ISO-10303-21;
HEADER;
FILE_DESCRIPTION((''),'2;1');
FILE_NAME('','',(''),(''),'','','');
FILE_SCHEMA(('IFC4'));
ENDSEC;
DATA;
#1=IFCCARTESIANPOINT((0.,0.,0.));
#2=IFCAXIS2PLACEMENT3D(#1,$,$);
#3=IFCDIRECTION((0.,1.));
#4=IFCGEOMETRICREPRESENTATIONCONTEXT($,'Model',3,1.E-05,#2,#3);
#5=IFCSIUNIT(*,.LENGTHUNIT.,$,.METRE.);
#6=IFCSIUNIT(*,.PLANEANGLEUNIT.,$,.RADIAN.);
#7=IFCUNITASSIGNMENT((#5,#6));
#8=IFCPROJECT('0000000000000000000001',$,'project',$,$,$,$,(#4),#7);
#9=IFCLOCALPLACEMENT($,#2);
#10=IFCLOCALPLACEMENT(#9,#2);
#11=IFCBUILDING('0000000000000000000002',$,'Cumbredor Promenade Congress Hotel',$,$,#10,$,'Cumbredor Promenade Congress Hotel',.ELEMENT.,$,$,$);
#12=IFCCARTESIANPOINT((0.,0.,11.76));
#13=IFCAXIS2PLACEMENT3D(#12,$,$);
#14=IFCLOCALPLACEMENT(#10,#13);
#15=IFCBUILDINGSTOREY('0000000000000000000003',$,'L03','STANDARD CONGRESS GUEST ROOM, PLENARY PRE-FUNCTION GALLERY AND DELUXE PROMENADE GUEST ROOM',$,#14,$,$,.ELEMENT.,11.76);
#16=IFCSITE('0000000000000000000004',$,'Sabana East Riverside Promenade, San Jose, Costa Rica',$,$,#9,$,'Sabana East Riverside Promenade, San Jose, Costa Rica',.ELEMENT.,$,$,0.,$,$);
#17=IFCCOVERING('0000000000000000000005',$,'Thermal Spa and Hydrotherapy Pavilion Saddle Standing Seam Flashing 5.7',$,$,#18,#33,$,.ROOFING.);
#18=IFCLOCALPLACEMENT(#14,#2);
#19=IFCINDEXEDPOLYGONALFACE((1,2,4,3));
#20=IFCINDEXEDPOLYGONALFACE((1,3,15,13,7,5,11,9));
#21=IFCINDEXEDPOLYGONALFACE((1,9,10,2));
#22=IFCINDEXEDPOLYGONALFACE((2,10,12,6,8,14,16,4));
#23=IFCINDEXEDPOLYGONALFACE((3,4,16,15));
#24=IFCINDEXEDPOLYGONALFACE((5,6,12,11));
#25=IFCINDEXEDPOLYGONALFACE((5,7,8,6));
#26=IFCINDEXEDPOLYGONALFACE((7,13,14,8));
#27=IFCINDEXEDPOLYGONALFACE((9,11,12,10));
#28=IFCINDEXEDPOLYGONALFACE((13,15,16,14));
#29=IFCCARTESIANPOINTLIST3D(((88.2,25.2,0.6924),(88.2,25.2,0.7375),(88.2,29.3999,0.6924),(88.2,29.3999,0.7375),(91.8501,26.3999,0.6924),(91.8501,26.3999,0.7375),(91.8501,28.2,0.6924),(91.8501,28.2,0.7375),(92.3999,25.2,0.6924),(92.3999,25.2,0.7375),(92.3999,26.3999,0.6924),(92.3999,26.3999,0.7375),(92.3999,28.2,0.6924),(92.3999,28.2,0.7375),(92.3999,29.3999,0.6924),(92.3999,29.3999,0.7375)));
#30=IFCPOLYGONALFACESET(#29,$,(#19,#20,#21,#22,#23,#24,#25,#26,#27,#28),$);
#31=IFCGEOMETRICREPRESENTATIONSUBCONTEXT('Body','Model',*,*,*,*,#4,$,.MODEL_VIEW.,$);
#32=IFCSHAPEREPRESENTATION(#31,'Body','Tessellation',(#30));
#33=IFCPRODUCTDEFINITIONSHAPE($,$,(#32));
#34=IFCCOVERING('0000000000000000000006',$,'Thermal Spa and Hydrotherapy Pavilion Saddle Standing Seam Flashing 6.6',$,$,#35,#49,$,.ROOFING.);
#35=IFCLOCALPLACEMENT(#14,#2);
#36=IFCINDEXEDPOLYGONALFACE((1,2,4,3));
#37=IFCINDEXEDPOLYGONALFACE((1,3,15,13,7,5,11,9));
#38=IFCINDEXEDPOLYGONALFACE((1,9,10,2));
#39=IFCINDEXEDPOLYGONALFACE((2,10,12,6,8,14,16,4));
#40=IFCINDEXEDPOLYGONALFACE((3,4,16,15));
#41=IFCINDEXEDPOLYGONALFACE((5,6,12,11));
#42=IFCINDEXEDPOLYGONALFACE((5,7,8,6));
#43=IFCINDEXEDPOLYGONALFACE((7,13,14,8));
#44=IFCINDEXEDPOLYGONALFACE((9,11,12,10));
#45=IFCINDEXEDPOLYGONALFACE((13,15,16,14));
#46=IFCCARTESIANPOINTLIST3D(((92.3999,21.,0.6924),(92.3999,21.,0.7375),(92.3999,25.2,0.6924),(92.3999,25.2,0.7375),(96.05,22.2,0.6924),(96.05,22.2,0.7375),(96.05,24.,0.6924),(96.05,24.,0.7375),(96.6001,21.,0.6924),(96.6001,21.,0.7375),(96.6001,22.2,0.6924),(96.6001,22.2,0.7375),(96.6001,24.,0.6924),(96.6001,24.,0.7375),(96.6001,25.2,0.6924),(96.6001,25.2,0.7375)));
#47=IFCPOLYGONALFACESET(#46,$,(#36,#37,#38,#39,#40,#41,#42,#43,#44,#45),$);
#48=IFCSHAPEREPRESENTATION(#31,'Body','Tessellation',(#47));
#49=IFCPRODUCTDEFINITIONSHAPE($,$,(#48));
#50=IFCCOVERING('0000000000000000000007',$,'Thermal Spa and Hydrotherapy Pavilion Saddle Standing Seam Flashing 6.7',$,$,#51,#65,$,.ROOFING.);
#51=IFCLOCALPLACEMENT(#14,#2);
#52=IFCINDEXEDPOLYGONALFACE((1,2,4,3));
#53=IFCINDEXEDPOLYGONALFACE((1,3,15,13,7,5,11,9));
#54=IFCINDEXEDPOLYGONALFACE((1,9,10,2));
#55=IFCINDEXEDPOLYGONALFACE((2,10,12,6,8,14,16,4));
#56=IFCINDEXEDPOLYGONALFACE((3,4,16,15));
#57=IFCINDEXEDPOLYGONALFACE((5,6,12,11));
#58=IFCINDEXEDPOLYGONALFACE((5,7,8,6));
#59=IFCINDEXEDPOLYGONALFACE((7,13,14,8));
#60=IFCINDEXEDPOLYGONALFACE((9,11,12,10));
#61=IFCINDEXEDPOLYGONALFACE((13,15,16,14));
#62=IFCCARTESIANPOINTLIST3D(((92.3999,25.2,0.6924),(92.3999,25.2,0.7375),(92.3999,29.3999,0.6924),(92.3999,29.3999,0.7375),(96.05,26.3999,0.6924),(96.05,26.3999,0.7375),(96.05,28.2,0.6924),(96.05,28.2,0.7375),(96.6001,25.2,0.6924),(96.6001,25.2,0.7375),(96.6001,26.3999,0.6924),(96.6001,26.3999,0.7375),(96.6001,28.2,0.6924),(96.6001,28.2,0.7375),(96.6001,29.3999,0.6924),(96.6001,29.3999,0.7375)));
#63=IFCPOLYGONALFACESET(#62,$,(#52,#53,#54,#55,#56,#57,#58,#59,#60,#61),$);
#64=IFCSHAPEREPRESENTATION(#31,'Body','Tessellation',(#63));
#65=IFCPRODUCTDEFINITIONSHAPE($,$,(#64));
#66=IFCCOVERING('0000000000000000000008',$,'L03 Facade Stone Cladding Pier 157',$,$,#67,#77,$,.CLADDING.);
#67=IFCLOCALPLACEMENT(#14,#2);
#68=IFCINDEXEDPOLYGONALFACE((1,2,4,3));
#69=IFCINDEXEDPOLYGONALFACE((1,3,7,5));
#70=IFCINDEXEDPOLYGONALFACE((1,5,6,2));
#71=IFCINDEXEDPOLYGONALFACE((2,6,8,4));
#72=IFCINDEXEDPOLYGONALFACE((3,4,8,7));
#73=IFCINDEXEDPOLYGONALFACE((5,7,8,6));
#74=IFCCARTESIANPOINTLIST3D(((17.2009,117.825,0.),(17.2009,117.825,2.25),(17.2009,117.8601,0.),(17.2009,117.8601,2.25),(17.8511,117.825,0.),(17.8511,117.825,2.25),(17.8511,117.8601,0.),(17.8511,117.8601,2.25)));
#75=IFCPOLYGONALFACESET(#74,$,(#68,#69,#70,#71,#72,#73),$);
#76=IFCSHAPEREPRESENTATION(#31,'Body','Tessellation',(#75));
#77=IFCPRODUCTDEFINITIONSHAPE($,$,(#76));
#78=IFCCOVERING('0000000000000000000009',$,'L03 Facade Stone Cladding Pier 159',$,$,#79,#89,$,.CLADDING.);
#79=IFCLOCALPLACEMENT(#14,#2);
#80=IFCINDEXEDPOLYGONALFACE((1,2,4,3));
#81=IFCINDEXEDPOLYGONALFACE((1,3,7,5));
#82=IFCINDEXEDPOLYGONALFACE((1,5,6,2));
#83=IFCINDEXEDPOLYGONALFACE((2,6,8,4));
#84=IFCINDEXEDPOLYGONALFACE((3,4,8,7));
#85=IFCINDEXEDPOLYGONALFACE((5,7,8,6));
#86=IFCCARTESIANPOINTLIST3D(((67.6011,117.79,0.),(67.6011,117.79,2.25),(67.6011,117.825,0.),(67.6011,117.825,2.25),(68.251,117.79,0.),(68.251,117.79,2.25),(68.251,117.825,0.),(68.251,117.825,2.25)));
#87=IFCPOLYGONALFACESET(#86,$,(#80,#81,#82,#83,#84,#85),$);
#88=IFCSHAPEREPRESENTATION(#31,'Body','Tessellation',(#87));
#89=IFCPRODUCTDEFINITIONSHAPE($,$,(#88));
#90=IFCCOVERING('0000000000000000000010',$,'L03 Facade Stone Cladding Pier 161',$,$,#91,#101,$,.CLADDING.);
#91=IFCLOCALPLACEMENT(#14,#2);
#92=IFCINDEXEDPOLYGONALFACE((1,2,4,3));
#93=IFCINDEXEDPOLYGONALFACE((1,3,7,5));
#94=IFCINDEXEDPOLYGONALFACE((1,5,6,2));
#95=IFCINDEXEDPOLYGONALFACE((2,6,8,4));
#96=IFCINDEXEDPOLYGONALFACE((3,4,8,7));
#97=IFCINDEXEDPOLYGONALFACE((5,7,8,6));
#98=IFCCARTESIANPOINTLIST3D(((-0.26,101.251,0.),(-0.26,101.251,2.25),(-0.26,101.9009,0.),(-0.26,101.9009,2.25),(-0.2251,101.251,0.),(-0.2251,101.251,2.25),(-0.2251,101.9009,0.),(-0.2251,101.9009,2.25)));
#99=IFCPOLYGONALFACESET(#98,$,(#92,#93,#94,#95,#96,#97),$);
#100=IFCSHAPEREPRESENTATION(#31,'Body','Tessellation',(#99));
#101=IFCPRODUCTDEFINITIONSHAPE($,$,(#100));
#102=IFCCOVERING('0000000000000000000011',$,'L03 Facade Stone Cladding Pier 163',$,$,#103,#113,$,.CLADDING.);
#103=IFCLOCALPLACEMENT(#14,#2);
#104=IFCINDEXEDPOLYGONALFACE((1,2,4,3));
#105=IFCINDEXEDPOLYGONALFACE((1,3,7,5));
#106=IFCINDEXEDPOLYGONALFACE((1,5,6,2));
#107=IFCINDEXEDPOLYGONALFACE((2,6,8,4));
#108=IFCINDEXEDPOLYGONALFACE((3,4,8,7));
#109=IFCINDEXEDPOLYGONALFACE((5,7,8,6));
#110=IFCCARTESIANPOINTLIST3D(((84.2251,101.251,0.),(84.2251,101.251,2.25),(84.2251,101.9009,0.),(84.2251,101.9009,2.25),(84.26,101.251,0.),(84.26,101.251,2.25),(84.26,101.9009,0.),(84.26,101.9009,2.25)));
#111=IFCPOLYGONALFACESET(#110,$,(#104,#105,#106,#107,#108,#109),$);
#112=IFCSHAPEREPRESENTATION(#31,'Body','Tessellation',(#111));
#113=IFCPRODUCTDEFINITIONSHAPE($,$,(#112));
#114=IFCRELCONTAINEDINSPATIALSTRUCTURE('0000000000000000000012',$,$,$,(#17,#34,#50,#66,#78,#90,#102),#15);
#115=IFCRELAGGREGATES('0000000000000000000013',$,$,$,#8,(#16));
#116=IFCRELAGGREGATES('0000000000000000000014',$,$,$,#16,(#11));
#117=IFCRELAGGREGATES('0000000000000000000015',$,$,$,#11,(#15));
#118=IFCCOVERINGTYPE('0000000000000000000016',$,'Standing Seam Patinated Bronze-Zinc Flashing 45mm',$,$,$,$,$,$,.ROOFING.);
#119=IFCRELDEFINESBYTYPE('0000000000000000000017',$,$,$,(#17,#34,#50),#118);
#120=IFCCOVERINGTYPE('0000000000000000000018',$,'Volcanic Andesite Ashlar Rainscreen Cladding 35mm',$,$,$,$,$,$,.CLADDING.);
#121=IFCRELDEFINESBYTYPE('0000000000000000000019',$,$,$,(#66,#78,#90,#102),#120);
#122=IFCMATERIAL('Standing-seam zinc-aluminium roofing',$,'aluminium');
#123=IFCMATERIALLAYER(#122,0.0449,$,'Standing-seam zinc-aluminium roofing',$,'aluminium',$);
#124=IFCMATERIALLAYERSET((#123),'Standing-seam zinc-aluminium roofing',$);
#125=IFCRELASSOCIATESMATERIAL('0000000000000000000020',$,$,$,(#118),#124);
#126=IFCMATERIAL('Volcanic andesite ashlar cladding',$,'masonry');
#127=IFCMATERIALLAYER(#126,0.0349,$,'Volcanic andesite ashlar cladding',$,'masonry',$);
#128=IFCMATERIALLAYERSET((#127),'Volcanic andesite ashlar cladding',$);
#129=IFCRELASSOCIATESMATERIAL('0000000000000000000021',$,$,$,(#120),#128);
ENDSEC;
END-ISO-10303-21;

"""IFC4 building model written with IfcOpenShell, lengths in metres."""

from ifc_helpers import new_model, si_unit, direction, frame, origin, place, context, subcontext, project, spatial, polyline, outline, extrude, material, layer, layer_set, type_object, element, save


model = new_model("IFC4")

# Units and contexts
model_context = context("Model", 3, precision=1e-05, world=origin(), true_north=direction((0.0, 1.0)))
body_context = subcontext(model_context, "Body", "Model", "MODEL_VIEW")
ifc_project = project(units=[si_unit("LENGTHUNIT", "METRE"), si_unit("PLANEANGLEUNIT", "RADIAN")], contexts=[model_context])

# Site, building, storey
site_placement = place(None, origin())
site = spatial("IfcSite", under=ifc_project, at=site_placement, Name="Sabana East Riverside Promenade, San Jose, Costa Rica", LongName="Sabana East Riverside Promenade, San Jose, Costa Rica", CompositionType="ELEMENT", RefElevation=0.0)
building_placement = place(site_placement, origin())
building = spatial("IfcBuilding", under=site, at=building_placement, Name="Cumbredor Promenade Congress Hotel", LongName="Cumbredor Promenade Congress Hotel", CompositionType="ELEMENT")
storey_placement = place(building_placement, frame((0.0, 0.0, 11.76)))
storey = spatial("IfcBuildingStorey", under=building, at=storey_placement, Name="L03", Description="STANDARD CONGRESS GUEST ROOM, PLENARY PRE-FUNCTION GALLERY AND DELUXE PROMENADE GUEST ROOM", CompositionType="ELEMENT", Elevation=11.76)

# Coverings
ifc_material_1 = material(Name="Standing-seam zinc-aluminium roofing", Category="aluminium")
ifc_layer_1 = layer(ifc_material_1, 0.0449, Name="Standing-seam zinc-aluminium roofing", Category="aluminium")
ifc_layer_set_1 = layer_set([ifc_layer_1], Name="Standing-seam zinc-aluminium roofing")
covering_type_1 = type_object("IfcCoveringType", Name="Standing Seam Patinated Bronze-Zinc Flashing 45mm", PredefinedType="ROOFING", material=ifc_layer_set_1)
covering_1_placement = place(storey_placement, frame((0.0, 0.0, 0.6924)))
element("IfcCovering", 1, at=covering_1_placement, inside=storey, type_object=covering_type_1, Name="Thermal Spa and Hydrotherapy Pavilion Saddle Standing Seam Flashing 5.7", PredefinedType="ROOFING", context=body_context, shape_type="SweptSolid", body=[
    extrude(outline(polyline([(88.2, 25.2), (92.3999, 25.2), (92.3999, 26.3999), (91.8501, 26.3999), (91.8501, 28.2), (92.3999, 28.2), (92.3999, 29.3999), (88.2, 29.3999), (88.2, 25.2)])), origin(), (0.0, 0.0, 1.0), 0.0452),
])
covering_2_placement = place(storey_placement, frame((0.0, 0.0, 0.6924)))
element("IfcCovering", 2, at=covering_2_placement, inside=storey, type_object=covering_type_1, Name="Thermal Spa and Hydrotherapy Pavilion Saddle Standing Seam Flashing 6.6", PredefinedType="ROOFING", context=body_context, shape_type="SweptSolid", body=[
    extrude(outline(polyline([(92.3999, 21.0), (96.6001, 21.0), (96.6001, 22.2), (96.05, 22.2), (96.05, 24.0), (96.6001, 24.0), (96.6001, 25.2), (92.3999, 25.2), (92.3999, 21.0)])), origin(), (0.0, 0.0, 1.0), 0.0452),
])
covering_3_placement = place(storey_placement, frame((0.0, 0.0, 0.6924)))
element("IfcCovering", 3, at=covering_3_placement, inside=storey, type_object=covering_type_1, Name="Thermal Spa and Hydrotherapy Pavilion Saddle Standing Seam Flashing 6.7", PredefinedType="ROOFING", context=body_context, shape_type="SweptSolid", body=[
    extrude(outline(polyline([(92.3999, 25.2), (96.6001, 25.2), (96.6001, 26.3999), (96.05, 26.3999), (96.05, 28.2), (96.6001, 28.2), (96.6001, 29.3999), (92.3999, 29.3999), (92.3999, 25.2)])), origin(), (0.0, 0.0, 1.0), 0.0452),
])
ifc_material_2 = material(Name="Volcanic andesite ashlar cladding", Category="masonry")
ifc_layer_2 = layer(ifc_material_2, 0.0349, Name="Volcanic andesite ashlar cladding", Category="masonry")
ifc_layer_set_2 = layer_set([ifc_layer_2], Name="Volcanic andesite ashlar cladding")
covering_type_2 = type_object("IfcCoveringType", Name="Volcanic Andesite Ashlar Rainscreen Cladding 35mm", PredefinedType="CLADDING", material=ifc_layer_set_2)
covering_4_placement = place(storey_placement, origin())
element("IfcCovering", 4, at=covering_4_placement, inside=storey, type_object=covering_type_2, Name="L03 Facade Stone Cladding Pier 157", PredefinedType="CLADDING", context=body_context, shape_type="SweptSolid", body=[
    extrude(outline(polyline([(17.2009, 117.825), (17.8511, 117.825), (17.8511, 117.8601), (17.2009, 117.8601), (17.2009, 117.825)])), origin(), (0.0, 0.0, 1.0), 2.25),
])
covering_5_placement = place(storey_placement, origin())
element("IfcCovering", 5, at=covering_5_placement, inside=storey, type_object=covering_type_2, Name="L03 Facade Stone Cladding Pier 159", PredefinedType="CLADDING", context=body_context, shape_type="SweptSolid", body=[
    extrude(outline(polyline([(67.6011, 117.79), (68.251, 117.79), (68.251, 117.825), (67.6011, 117.825), (67.6011, 117.79)])), origin(), (0.0, 0.0, 1.0), 2.25),
])
covering_6_placement = place(storey_placement, origin())
element("IfcCovering", 6, at=covering_6_placement, inside=storey, type_object=covering_type_2, Name="L03 Facade Stone Cladding Pier 161", PredefinedType="CLADDING", context=body_context, shape_type="SweptSolid", body=[
    extrude(outline(polyline([(-0.2251, 101.251), (-0.2251, 101.9009), (-0.26, 101.9009), (-0.26, 101.251), (-0.2251, 101.251)])), origin(), (0.0, 0.0, 1.0), 2.25),
])
covering_7_placement = place(storey_placement, origin())
element("IfcCovering", 7, at=covering_7_placement, inside=storey, type_object=covering_type_2, Name="L03 Facade Stone Cladding Pier 163", PredefinedType="CLADDING", context=body_context, shape_type="SweptSolid", body=[
    extrude(outline(polyline([(84.2251, 101.251), (84.2251, 101.9009), (84.26, 101.9009), (84.26, 101.251), (84.2251, 101.251)])), origin(), (0.0, 0.0, 1.0), 2.25),
])

save(model, "model.ifc")
